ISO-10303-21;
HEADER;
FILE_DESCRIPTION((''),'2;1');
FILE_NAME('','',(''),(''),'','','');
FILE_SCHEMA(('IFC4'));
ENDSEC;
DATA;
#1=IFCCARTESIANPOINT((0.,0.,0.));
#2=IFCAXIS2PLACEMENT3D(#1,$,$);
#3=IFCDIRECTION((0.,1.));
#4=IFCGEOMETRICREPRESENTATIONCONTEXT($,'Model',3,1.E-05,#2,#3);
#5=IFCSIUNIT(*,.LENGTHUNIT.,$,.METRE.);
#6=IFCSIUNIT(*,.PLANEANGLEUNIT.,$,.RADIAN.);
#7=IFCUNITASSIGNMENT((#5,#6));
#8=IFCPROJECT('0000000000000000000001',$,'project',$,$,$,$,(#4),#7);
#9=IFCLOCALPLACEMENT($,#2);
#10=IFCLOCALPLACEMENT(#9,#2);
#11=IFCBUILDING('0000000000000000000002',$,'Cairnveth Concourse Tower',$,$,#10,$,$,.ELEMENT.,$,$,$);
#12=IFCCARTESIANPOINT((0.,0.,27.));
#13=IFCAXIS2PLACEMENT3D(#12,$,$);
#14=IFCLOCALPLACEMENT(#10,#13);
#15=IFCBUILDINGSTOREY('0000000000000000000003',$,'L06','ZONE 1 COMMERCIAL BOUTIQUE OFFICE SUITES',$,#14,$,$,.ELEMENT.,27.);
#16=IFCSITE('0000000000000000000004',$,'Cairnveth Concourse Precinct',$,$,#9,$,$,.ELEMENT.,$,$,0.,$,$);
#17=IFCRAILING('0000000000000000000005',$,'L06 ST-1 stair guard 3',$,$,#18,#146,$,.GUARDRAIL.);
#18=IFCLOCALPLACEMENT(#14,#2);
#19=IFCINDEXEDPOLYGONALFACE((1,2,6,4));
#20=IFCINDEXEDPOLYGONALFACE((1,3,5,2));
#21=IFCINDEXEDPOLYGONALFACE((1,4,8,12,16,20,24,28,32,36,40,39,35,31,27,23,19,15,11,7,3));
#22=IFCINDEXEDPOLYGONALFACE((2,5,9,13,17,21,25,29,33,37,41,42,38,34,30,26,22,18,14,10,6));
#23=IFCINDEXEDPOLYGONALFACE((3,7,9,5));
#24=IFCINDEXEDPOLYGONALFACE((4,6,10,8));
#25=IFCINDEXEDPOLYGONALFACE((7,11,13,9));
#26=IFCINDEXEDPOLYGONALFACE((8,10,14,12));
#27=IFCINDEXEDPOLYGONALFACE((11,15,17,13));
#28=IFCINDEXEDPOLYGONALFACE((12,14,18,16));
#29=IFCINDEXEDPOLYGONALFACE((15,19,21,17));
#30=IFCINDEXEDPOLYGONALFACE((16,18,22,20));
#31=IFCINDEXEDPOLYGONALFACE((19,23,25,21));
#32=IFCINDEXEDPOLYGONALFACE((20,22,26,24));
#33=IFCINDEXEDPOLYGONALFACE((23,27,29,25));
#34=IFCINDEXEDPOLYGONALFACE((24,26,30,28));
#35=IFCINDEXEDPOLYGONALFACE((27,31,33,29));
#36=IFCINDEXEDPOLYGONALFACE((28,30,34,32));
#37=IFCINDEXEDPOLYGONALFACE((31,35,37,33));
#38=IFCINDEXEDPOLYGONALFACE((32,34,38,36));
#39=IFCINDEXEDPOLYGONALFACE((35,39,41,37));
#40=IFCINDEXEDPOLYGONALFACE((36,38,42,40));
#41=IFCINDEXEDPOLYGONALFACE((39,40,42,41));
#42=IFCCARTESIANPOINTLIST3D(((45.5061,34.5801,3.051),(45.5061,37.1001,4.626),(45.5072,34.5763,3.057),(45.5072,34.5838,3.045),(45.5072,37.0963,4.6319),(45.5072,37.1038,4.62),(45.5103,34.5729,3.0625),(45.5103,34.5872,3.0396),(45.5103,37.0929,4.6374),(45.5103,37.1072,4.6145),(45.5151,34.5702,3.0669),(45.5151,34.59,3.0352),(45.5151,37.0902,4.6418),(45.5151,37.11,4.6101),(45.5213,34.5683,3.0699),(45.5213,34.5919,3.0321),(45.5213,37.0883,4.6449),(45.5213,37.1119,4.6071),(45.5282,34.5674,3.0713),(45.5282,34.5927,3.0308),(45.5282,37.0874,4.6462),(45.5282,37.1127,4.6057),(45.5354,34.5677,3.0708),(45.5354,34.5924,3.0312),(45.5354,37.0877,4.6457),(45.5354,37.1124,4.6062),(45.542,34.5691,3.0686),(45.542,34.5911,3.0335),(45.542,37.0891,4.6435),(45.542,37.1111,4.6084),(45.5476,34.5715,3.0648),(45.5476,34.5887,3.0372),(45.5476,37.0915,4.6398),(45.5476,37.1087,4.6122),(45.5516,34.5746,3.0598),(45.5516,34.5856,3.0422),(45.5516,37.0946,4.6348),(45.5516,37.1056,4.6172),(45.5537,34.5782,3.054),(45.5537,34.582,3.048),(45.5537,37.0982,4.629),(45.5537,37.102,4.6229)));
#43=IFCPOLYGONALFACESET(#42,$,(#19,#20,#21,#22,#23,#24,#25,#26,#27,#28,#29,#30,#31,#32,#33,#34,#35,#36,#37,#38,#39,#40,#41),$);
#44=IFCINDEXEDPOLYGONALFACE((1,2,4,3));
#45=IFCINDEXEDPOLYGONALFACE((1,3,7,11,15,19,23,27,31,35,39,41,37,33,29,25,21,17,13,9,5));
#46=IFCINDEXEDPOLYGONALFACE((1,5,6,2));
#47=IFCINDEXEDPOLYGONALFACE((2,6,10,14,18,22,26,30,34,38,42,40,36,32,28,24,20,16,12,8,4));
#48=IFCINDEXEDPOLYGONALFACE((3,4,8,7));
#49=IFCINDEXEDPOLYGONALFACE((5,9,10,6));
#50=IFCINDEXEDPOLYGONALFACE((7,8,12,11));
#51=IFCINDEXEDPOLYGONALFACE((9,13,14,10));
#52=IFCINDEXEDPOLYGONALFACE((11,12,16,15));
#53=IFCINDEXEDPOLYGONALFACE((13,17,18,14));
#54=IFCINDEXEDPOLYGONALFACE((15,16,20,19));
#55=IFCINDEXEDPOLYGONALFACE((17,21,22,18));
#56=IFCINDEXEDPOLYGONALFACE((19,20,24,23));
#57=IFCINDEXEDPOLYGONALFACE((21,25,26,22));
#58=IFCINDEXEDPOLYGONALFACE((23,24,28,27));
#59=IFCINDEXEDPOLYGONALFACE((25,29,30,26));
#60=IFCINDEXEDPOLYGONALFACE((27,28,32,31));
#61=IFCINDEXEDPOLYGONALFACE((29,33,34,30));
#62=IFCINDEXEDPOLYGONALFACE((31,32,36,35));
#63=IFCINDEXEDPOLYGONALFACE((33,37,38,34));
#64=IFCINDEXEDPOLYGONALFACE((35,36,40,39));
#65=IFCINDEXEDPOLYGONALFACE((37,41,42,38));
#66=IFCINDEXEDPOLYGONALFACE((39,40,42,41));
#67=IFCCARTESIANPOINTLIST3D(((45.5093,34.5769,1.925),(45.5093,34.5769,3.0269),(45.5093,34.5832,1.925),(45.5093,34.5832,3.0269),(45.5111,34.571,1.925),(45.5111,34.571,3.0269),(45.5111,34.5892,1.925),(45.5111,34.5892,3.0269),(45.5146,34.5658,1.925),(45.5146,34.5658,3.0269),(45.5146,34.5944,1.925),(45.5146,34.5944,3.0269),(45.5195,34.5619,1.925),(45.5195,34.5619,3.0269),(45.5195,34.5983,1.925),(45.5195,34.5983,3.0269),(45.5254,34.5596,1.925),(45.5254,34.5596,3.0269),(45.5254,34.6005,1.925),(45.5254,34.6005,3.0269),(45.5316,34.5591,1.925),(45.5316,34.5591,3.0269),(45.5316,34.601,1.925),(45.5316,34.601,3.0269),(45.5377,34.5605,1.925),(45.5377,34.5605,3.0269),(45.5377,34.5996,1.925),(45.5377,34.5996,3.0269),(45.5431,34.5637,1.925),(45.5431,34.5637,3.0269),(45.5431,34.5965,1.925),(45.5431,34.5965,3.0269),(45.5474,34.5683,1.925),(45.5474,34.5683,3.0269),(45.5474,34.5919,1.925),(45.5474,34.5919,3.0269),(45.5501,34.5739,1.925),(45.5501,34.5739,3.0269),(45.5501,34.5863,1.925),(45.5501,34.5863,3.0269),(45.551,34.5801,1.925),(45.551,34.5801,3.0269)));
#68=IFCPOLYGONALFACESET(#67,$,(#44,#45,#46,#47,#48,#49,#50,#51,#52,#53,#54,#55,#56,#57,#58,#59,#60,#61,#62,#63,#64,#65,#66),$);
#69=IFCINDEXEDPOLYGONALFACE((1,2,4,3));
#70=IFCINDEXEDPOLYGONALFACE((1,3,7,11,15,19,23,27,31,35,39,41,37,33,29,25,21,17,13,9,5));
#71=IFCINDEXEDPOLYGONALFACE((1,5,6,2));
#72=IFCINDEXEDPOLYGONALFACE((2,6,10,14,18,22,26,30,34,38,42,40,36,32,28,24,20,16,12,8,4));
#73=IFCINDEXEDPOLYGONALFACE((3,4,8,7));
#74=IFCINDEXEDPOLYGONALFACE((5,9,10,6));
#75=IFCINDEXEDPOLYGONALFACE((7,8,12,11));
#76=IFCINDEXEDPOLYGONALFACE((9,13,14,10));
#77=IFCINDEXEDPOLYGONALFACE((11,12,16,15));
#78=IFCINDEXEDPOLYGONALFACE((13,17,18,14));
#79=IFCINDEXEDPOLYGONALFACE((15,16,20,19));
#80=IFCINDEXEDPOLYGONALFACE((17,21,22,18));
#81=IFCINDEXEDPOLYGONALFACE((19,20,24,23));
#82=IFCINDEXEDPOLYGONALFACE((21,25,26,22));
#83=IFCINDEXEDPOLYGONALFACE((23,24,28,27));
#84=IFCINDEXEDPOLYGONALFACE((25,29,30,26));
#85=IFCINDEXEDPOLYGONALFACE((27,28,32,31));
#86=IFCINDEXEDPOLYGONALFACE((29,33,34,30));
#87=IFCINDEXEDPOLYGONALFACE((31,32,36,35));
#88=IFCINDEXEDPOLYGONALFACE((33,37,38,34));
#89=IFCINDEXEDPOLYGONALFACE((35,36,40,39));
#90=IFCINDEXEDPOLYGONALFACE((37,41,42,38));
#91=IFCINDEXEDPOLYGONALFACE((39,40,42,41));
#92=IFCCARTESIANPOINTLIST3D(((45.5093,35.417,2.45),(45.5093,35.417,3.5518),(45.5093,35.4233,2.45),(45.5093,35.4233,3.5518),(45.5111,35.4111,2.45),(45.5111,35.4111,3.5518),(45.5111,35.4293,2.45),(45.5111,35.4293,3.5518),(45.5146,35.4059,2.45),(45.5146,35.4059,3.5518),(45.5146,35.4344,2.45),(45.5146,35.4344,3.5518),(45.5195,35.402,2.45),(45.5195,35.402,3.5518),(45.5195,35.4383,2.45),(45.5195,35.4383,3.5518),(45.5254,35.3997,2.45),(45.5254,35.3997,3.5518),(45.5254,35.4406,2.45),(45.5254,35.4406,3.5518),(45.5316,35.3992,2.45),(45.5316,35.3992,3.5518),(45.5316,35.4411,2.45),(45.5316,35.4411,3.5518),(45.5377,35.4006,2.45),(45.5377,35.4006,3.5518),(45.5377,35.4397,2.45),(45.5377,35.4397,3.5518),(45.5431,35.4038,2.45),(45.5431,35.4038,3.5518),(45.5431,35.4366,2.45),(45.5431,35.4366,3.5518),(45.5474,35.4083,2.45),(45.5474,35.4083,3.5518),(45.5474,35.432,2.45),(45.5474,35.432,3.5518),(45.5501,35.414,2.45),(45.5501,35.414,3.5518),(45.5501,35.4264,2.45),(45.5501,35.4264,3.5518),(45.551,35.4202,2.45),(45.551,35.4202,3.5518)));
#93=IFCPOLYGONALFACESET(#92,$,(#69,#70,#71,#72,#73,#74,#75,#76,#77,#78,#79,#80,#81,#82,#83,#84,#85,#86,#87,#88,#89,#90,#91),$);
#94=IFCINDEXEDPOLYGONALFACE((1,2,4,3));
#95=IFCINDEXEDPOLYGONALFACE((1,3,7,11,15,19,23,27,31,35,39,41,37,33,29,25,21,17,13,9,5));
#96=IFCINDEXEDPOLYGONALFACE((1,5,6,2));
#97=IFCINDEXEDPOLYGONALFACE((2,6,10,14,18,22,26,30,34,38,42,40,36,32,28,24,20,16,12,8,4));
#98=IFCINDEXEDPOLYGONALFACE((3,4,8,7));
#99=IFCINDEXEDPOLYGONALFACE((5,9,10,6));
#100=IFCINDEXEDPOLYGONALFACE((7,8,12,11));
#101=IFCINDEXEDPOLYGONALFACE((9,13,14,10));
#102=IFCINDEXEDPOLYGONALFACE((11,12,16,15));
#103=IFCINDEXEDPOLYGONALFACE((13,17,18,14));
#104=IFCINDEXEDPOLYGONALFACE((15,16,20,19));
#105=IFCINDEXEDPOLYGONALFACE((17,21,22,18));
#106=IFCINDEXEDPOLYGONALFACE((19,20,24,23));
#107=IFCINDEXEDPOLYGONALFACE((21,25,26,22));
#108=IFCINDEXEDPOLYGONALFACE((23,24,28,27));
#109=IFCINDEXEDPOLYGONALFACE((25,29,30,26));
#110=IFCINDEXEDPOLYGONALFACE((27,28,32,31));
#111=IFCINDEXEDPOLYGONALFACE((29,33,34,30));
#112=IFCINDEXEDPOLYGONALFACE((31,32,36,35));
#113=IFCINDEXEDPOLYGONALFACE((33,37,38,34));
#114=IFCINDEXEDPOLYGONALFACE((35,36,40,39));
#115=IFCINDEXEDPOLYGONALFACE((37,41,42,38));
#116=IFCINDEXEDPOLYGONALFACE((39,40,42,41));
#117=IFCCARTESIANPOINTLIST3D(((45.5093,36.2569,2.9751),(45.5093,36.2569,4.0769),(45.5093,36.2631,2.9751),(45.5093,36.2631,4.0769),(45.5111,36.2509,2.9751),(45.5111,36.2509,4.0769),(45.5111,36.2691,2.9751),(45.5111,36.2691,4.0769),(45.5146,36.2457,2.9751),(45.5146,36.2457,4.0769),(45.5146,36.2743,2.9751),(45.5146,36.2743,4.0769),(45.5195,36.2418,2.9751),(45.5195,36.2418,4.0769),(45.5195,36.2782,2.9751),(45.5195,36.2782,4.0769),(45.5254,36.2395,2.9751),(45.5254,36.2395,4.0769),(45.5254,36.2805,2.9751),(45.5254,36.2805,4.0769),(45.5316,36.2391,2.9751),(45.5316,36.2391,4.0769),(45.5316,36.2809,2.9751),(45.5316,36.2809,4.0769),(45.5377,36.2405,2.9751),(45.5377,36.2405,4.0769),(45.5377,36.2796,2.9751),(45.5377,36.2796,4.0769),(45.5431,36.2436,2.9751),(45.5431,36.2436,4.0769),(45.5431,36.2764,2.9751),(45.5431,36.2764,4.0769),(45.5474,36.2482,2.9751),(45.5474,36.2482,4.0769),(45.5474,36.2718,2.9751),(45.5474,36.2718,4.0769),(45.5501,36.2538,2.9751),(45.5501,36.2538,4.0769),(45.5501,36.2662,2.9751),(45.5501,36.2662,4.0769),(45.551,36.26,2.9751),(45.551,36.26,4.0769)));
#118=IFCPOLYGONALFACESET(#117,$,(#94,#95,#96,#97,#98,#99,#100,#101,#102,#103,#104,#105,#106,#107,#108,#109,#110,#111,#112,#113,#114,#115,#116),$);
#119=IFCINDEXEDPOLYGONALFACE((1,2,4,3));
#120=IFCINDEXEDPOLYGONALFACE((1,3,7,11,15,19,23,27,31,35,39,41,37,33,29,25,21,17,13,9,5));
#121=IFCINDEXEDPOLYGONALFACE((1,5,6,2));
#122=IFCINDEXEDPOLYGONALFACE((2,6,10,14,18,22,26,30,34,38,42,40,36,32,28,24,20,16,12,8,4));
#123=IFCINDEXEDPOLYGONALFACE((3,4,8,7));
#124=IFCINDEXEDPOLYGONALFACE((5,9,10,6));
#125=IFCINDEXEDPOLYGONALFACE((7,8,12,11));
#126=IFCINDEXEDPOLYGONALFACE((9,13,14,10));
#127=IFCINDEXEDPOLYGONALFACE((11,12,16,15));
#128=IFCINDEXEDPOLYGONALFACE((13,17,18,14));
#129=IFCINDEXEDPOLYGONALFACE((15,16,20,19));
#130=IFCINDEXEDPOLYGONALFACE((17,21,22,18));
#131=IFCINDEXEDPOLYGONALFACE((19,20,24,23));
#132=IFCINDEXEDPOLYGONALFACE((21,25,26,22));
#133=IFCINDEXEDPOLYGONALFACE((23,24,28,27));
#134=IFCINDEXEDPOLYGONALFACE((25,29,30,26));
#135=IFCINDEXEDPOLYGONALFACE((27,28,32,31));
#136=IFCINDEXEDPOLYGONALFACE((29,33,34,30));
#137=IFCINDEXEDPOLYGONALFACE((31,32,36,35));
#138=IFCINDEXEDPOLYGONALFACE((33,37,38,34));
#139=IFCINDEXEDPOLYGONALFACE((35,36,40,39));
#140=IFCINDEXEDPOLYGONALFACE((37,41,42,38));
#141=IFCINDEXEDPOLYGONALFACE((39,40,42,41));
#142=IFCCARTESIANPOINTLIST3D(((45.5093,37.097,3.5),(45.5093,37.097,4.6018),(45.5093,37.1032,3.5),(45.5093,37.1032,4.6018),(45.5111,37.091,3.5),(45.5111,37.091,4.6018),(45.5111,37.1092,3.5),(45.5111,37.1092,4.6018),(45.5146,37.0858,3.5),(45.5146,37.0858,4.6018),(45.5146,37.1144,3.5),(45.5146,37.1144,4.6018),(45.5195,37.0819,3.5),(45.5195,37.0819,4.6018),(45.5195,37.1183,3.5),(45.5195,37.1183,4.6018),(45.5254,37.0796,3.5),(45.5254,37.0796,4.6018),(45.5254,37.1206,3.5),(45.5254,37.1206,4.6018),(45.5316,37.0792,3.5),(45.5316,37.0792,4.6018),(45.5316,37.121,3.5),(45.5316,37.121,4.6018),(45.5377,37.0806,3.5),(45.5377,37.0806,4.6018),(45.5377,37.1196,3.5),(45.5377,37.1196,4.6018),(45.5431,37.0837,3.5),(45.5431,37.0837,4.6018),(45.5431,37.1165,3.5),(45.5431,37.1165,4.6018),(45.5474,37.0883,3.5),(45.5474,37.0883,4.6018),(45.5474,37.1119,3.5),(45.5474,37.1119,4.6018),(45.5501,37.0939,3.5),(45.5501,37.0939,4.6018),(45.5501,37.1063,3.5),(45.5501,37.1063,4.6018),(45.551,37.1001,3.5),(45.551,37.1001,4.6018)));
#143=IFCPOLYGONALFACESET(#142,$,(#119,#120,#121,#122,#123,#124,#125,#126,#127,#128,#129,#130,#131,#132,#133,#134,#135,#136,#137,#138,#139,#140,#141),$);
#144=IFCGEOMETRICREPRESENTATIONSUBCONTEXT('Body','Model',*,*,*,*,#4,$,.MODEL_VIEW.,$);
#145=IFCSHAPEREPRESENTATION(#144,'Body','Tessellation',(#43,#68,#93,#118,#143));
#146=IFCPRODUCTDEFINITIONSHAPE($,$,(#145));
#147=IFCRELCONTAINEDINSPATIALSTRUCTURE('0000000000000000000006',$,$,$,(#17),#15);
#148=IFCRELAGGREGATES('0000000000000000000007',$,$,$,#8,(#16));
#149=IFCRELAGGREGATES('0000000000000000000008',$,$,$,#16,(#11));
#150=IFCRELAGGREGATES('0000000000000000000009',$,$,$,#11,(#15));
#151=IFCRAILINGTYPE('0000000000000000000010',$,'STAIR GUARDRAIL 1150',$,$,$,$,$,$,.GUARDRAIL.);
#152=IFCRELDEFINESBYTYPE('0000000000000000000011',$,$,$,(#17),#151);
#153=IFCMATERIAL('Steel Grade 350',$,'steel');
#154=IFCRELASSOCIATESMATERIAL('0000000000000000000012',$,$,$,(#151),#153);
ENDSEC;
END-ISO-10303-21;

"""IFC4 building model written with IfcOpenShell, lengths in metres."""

from ifc_helpers import new_model, si_unit, direction, frame, origin, origin_2d, place, context, subcontext, project, spatial, circle, extrude, material, type_object, element, save


model = new_model("IFC4")

# Units and contexts
model_context = context("Model", 3, precision=1e-05, world=origin(), true_north=direction((0.0, 1.0)))
body_context = subcontext(model_context, "Body", "Model", "MODEL_VIEW")
ifc_project = project(units=[si_unit("LENGTHUNIT", "METRE"), si_unit("PLANEANGLEUNIT", "RADIAN")], contexts=[model_context])

# Site, building, storey
site_placement = place(None, origin())
site = spatial("IfcSite", under=ifc_project, at=site_placement, Name="Cairnveth Concourse Precinct", CompositionType="ELEMENT", RefElevation=0.0)
building_placement = place(site_placement, origin())
building = spatial("IfcBuilding", under=site, at=building_placement, Name="Cairnveth Concourse Tower", CompositionType="ELEMENT")
storey_placement = place(building_placement, frame((0.0, 0.0, 27.0)))
storey = spatial("IfcBuildingStorey", under=building, at=storey_placement, Name="L06", Description="ZONE 1 COMMERCIAL BOUTIQUE OFFICE SUITES", CompositionType="ELEMENT", Elevation=27.0)

# Shared definitions
ifc_material_1 = material(Name="Steel Grade 350", Category="steel")

# Railing
railing_type_1 = type_object("IfcRailingType", Name="STAIR GUARDRAIL 1150", PredefinedType="GUARDRAIL", material=ifc_material_1)
railing_1_placement = place(storey_placement, frame((45.53, 34.5801, 1.925)))
element("IfcRailing", 1, at=railing_1_placement, inside=storey, type_object=railing_type_1, Name="L06 ST-1 stair guard 3", PredefinedType="GUARDRAIL", context=body_context, shape_type="SweptSolid", body=[
    extrude(circle(Radius=0.0239, at=origin_2d()), frame((0.0, 0.0, 1.126), z_axis=(0.0, 0.848008, 0.529984), x_axis=(-1.0, 0.0, 0.0)), (0.0, 0.0, 1.0), 2.9717),
    extrude(circle(Radius=0.021, at=origin_2d()), origin(), (0.0, 0.0, 1.0), 1.1018),
    extrude(circle(Radius=0.021, at=origin_2d()), frame((0.0, 0.8401, 0.5249)), (0.0, 0.0, 1.0), 1.1018),
    extrude(circle(Radius=0.021, at=origin_2d()), frame((0.0, 1.6799, 1.05)), (0.0, 0.0, 1.0), 1.1018),
    extrude(circle(Radius=0.021, at=origin_2d()), frame((0.0, 2.52, 1.575)), (0.0, 0.0, 1.0), 1.1018),
])

save(model, "model.ifc")
